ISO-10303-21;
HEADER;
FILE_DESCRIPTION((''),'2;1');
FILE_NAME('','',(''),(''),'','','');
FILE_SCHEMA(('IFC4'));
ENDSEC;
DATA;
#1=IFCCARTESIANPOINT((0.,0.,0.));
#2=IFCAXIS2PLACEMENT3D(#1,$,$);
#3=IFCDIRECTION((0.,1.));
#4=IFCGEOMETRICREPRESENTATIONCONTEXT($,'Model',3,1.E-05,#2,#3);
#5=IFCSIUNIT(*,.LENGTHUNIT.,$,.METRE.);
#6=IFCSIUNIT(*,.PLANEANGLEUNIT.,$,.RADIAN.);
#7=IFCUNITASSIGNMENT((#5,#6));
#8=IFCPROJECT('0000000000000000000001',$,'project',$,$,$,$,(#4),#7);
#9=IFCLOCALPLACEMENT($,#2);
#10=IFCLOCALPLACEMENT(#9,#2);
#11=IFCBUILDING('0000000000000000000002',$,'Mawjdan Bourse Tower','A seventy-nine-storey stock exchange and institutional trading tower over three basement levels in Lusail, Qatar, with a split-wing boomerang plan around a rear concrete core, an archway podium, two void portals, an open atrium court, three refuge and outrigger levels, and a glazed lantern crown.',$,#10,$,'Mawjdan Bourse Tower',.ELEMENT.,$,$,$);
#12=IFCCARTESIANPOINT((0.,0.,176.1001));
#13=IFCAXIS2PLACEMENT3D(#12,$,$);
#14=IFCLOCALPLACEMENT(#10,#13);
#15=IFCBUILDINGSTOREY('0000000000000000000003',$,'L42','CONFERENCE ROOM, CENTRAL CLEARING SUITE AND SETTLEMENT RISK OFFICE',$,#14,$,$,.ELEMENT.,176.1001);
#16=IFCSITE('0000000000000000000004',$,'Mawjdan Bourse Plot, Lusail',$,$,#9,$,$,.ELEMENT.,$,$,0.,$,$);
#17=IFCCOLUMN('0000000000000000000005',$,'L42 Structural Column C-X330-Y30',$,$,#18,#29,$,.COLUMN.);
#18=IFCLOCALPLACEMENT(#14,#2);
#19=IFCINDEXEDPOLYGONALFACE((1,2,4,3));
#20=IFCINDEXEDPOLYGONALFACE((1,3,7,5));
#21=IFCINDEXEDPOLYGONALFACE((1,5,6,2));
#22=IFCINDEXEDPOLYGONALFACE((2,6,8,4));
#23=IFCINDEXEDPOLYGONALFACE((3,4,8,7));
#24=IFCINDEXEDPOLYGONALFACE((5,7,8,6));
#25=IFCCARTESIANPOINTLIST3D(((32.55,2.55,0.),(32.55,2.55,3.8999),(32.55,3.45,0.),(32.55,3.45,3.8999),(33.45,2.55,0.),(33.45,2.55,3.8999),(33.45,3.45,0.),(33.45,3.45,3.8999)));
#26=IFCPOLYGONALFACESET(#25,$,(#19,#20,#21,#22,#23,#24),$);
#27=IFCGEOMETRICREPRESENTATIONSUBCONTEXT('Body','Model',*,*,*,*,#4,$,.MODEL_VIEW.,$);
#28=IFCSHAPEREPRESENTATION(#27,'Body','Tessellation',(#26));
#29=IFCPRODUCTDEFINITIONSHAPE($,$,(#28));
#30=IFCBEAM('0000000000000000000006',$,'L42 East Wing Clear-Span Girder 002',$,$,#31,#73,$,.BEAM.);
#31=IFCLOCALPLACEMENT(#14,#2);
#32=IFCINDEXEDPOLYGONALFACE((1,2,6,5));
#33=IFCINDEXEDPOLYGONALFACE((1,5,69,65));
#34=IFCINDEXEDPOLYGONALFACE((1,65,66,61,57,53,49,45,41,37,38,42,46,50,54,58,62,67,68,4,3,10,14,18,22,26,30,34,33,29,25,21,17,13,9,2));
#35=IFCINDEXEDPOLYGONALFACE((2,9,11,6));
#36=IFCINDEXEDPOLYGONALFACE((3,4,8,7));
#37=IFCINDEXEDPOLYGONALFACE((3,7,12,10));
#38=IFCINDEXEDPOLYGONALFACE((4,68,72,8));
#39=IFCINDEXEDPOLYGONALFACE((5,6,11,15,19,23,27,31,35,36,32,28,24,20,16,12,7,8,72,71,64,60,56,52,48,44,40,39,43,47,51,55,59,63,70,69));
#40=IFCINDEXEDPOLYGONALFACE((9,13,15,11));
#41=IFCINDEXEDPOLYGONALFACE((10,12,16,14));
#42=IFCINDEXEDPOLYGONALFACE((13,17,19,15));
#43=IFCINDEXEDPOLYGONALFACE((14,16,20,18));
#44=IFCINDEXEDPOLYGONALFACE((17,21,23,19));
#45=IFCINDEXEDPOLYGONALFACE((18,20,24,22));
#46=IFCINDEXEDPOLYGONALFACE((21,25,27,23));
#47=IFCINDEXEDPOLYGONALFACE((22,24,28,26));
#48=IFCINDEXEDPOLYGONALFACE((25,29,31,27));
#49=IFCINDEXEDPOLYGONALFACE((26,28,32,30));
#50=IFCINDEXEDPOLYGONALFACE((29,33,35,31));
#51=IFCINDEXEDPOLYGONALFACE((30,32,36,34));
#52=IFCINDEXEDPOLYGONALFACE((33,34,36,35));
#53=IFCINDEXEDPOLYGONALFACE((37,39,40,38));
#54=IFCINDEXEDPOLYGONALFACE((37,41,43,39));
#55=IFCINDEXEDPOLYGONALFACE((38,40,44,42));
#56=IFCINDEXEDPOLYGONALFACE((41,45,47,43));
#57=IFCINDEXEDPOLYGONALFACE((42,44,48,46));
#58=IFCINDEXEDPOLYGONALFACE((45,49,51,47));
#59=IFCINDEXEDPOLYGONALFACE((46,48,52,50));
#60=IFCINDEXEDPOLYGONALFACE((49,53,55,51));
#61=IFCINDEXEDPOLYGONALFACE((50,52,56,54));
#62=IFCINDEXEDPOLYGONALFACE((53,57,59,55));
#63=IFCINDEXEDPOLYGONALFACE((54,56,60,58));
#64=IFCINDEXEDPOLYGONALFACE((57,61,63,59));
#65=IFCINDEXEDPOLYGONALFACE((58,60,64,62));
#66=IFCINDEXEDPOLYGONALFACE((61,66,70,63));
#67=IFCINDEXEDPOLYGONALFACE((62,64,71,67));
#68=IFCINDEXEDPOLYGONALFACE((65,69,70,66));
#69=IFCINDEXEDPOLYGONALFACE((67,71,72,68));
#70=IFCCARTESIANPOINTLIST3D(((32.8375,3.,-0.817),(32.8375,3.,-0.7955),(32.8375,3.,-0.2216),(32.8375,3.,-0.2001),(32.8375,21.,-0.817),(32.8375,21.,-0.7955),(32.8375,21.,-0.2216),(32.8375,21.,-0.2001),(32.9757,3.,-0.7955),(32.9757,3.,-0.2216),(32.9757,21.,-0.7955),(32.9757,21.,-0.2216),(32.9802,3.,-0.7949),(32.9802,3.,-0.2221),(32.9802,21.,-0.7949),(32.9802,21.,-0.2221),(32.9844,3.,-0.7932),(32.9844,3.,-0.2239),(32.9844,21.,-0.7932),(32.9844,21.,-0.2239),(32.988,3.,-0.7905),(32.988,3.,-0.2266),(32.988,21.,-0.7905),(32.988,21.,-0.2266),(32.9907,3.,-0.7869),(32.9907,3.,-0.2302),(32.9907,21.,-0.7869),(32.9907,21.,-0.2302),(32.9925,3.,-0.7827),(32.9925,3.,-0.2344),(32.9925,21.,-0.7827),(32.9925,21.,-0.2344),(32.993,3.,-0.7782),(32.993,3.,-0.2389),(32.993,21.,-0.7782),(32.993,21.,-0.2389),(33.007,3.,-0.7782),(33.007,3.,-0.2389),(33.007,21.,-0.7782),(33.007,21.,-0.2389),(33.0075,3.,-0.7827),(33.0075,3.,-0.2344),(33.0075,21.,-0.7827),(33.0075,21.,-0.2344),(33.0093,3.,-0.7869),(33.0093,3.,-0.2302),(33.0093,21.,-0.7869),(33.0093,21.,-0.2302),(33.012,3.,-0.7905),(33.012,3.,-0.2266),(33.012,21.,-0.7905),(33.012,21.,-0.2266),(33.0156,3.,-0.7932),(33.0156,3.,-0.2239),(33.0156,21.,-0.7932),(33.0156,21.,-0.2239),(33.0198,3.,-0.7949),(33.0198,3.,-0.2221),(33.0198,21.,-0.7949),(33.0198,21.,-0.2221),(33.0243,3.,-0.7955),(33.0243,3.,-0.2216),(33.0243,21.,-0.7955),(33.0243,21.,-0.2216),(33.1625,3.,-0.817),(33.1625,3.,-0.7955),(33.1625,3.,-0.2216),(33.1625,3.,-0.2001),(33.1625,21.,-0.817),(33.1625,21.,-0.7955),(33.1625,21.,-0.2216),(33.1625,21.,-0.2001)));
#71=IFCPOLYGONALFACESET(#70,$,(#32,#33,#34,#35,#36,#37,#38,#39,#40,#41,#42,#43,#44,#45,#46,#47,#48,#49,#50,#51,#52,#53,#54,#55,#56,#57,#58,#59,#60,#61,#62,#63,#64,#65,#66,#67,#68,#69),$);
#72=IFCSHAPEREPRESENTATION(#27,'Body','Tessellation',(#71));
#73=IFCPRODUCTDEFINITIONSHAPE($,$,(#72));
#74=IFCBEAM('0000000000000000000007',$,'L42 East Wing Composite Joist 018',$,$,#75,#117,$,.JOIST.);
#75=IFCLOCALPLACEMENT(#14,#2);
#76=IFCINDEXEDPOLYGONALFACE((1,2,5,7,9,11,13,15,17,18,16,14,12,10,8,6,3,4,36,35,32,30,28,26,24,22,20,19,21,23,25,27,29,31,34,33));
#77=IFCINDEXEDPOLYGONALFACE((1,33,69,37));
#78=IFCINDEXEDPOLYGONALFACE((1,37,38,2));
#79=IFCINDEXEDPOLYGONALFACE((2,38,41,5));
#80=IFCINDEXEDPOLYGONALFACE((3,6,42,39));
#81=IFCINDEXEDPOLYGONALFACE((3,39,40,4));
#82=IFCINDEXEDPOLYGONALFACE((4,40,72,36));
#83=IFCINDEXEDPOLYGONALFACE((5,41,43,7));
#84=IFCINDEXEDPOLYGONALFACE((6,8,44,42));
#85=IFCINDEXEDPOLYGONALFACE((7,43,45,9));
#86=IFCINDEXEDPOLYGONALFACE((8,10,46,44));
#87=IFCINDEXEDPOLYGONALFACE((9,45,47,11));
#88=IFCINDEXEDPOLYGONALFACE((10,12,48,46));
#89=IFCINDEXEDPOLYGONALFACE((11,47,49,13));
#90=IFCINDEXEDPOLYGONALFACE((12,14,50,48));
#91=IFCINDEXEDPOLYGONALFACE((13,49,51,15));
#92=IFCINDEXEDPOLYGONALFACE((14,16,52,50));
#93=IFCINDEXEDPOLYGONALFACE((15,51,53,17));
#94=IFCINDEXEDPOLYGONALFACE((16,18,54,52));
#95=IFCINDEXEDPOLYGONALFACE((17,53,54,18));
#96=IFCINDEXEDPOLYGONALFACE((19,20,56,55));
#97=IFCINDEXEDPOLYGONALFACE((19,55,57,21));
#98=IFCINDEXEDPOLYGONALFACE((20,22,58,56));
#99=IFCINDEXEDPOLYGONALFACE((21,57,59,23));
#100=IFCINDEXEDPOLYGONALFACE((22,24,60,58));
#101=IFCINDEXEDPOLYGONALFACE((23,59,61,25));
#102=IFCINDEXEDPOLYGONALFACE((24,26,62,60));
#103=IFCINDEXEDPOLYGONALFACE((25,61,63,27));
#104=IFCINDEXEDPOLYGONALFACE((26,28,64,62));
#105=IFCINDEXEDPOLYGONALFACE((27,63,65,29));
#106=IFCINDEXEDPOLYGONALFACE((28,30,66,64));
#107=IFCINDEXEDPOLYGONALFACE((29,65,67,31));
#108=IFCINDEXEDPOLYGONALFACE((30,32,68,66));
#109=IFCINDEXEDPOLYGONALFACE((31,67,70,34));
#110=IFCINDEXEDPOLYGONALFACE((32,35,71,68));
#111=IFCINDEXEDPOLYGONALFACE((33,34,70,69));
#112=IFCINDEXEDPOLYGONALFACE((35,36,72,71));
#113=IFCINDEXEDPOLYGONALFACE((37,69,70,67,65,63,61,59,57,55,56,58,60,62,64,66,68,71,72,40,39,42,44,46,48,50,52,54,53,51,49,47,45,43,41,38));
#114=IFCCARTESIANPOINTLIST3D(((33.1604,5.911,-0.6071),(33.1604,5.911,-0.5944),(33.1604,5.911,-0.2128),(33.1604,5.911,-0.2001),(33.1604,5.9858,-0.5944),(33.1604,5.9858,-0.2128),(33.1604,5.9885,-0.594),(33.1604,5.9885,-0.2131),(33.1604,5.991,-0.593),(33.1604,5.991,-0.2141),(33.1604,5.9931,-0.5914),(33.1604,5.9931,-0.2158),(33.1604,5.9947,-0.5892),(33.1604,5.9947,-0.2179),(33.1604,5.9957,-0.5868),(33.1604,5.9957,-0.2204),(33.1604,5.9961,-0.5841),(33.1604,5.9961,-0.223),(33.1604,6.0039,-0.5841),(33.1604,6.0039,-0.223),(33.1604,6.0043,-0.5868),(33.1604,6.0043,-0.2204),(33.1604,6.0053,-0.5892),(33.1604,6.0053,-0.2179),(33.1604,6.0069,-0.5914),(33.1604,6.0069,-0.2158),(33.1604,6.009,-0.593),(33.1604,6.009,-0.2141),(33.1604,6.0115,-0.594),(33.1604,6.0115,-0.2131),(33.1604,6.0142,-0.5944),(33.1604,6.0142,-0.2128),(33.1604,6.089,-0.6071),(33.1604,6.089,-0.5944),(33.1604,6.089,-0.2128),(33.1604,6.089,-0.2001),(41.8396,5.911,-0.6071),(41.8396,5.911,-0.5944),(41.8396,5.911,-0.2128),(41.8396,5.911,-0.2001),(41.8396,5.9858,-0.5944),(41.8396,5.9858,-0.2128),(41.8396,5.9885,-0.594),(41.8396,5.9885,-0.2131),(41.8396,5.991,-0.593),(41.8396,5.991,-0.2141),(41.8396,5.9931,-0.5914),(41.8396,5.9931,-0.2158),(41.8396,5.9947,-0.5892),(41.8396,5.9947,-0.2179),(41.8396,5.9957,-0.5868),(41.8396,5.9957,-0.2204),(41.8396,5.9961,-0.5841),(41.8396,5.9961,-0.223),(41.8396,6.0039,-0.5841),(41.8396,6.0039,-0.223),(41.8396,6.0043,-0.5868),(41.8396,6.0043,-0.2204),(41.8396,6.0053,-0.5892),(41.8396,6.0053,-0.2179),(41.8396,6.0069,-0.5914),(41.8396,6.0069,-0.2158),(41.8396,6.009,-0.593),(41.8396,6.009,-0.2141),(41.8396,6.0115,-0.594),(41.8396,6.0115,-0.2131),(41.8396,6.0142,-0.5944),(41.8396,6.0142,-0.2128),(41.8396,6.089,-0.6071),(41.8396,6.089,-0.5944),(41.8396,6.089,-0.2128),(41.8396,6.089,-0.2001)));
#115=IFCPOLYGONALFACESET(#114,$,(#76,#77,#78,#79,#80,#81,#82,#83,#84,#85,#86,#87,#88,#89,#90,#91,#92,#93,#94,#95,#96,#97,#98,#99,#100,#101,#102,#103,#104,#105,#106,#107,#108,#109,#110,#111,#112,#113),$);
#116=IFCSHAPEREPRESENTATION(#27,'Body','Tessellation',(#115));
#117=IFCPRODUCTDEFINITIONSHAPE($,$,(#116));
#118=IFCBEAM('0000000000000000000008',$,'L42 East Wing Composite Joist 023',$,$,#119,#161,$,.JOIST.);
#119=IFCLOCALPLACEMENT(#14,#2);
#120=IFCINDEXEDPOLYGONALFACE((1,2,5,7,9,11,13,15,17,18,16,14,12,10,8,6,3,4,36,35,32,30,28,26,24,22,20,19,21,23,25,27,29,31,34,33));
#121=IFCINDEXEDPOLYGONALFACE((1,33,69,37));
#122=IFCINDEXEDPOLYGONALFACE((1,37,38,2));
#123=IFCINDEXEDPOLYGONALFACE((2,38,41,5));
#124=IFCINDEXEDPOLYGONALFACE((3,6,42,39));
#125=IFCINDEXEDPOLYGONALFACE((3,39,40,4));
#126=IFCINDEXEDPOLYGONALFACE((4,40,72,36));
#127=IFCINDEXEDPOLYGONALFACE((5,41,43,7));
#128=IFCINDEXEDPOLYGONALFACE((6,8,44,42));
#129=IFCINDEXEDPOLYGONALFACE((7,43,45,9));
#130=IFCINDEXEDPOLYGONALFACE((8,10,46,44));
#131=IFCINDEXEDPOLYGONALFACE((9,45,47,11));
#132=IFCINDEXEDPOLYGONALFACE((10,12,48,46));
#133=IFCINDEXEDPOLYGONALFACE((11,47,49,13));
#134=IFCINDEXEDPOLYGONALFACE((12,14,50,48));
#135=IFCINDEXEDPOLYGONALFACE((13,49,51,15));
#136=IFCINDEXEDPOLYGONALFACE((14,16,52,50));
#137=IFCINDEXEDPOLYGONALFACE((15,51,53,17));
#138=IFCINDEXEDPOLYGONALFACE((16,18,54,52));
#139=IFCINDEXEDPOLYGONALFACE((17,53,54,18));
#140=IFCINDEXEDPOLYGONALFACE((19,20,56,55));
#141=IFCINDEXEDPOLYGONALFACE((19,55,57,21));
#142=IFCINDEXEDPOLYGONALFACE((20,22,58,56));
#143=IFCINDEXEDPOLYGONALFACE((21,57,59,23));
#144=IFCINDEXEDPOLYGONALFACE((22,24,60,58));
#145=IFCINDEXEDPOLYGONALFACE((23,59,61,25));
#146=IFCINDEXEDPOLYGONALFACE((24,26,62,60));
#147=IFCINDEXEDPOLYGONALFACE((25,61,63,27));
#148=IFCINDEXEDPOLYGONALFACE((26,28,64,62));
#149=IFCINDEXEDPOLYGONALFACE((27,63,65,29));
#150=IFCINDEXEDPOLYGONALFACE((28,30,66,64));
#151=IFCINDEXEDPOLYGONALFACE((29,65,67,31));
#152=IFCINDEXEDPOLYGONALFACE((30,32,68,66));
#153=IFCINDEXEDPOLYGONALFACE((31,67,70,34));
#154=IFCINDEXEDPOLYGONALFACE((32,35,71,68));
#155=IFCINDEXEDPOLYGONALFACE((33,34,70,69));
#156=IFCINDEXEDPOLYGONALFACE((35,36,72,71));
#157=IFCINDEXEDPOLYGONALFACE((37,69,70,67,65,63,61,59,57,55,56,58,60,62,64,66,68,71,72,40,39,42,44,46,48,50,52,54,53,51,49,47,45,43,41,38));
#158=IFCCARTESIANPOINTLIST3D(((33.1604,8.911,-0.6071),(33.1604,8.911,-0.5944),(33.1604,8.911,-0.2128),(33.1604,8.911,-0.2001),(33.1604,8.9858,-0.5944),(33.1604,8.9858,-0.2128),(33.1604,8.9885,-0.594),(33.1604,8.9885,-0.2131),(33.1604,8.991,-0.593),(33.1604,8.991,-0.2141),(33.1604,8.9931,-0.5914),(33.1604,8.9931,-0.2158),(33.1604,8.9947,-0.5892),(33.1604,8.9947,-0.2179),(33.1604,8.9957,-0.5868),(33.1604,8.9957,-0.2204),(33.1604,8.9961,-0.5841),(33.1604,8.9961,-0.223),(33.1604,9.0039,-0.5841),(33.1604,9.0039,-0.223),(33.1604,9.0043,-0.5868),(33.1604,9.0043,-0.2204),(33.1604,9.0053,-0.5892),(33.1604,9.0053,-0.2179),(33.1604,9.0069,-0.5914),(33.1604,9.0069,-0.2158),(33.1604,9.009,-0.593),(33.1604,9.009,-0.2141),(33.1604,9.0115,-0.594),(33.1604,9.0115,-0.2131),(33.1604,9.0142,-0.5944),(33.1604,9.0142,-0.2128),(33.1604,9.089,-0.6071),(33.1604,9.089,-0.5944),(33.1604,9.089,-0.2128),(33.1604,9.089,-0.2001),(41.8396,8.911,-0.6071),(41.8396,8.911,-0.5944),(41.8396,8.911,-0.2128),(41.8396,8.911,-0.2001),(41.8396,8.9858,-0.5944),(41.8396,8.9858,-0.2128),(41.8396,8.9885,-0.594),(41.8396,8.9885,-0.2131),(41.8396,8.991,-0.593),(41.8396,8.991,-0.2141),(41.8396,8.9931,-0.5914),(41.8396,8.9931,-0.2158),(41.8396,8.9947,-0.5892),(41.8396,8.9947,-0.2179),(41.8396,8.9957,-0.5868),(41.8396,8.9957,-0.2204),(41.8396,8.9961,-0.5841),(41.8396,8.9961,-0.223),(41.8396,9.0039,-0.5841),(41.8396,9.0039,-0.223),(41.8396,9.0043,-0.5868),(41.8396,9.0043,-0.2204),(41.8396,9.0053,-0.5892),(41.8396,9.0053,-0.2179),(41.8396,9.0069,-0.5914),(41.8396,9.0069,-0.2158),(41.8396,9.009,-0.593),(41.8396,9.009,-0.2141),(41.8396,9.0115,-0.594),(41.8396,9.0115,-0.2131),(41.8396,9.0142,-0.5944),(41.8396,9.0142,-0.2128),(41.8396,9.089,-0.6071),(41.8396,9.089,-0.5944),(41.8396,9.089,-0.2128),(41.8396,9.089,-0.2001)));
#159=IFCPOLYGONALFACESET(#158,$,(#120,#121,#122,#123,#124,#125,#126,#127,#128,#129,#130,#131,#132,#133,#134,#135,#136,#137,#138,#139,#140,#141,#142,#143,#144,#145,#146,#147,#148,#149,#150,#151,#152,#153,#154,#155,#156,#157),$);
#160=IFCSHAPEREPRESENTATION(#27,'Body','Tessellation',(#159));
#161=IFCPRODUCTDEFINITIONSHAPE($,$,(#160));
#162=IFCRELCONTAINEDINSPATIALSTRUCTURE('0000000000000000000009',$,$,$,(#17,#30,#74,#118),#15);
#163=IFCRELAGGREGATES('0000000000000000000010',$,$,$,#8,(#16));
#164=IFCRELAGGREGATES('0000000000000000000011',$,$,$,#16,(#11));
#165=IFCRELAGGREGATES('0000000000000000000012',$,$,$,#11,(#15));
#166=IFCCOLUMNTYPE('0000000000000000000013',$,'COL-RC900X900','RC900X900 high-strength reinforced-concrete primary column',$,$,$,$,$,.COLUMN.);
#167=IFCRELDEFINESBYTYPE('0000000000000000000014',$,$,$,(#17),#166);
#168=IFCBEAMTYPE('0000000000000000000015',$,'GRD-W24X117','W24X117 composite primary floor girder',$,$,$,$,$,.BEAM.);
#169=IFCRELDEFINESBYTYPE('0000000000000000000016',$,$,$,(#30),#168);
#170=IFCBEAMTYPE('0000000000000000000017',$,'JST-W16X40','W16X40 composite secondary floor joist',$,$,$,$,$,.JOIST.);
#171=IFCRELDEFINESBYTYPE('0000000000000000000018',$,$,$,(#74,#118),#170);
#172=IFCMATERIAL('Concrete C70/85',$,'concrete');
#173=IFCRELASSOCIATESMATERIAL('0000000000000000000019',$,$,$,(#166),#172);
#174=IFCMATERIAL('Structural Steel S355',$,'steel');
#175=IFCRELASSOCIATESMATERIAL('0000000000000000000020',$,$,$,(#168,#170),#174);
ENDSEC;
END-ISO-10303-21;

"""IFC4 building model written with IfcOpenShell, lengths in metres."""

from ifc_helpers import new_model, si_unit, direction, frame, origin, origin_2d, place, context, subcontext, project, spatial, rectangle, i_section, extrude, material, material_profile, profile_set, type_object, element, save


model = new_model("IFC4")

# Units and contexts
model_context = context("Model", 3, precision=1e-05, world=origin(), true_north=direction((0.0, 1.0)))
body_context = subcontext(model_context, "Body", "Model", "MODEL_VIEW")
ifc_project = project(units=[si_unit("LENGTHUNIT", "METRE"), si_unit("PLANEANGLEUNIT", "RADIAN")], contexts=[model_context])

# Site, building, storey
site_placement = place(None, origin())
site = spatial("IfcSite", under=ifc_project, at=site_placement, Name="Mawjdan Bourse Plot, Lusail", CompositionType="ELEMENT", RefElevation=0.0)
building_placement = place(site_placement, origin())
building = spatial("IfcBuilding", under=site, at=building_placement, Name="Mawjdan Bourse Tower", Description="A seventy-nine-storey stock exchange and institutional trading tower over three basement levels in Lusail, Qatar, with a split-wing boomerang plan around a rear concrete core, an archway podium, two void portals, an open atrium court, three refuge and outrigger levels, and a glazed lantern crown.", LongName="Mawjdan Bourse Tower", CompositionType="ELEMENT")
storey_placement = place(building_placement, frame((0.0, 0.0, 176.1001)))
storey = spatial("IfcBuildingStorey", under=building, at=storey_placement, Name="L42", Description="CONFERENCE ROOM, CENTRAL CLEARING SUITE AND SETTLEMENT RISK OFFICE", CompositionType="ELEMENT", Elevation=176.1001)

# Column
ifc_material_1 = material(Name="Concrete C70/85", Category="concrete")
ifc_material_profile_1 = material_profile(ifc_material_1, rectangle(XDim=0.8999, YDim=0.8999, at=origin_2d()), Name="RC900X900")
ifc_profile_set_1 = profile_set([ifc_material_profile_1], Name="Concrete C70/85")
column_type = type_object("IfcColumnType", Name="COL-RC900X900", Description="RC900X900 high-strength reinforced-concrete primary column", PredefinedType="COLUMN", material=ifc_profile_set_1)
column_placement = place(storey_placement, frame((33.0, 3.0, 0.0), z_axis=(0.0, 0.0, 1.0), x_axis=(1.0, 0.0, 0.0)))
element("IfcColumn", 1, at=column_placement, inside=storey, type_object=column_type, Name="L42 Structural Column C-X330-Y30", PredefinedType="COLUMN", context=body_context, shape_type="SweptSolid", body=[
    extrude(rectangle(XDim=0.8999, YDim=0.8999, at=origin_2d()), origin(), (0.0, 0.0, 1.0), 3.8999),
])

# Beams
ifc_material_2 = material(Name="Structural Steel S355", Category="steel")
ifc_material_profile_2 = material_profile(ifc_material_2, i_section(OverallWidth=0.325, OverallDepth=0.6169, WebThickness=0.0139, FlangeThickness=0.0215, FilletRadius=0.0173, at=origin_2d()), Name="W24X117")
ifc_profile_set_2 = profile_set([ifc_material_profile_2], Name="Structural Steel S355")
beam_type_1 = type_object("IfcBeamType", Name="GRD-W24X117", Description="W24X117 composite primary floor girder", PredefinedType="BEAM", material=ifc_profile_set_2)
beam_placement = place(storey_placement, frame((33.0, 3.0, -0.5085), z_axis=(0.0, 1.0, 0.0), x_axis=(-1.0, 0.0, 0.0)))
element("IfcBeam", 2, at=beam_placement, inside=storey, type_object=beam_type_1, Name="L42 East Wing Clear-Span Girder 002", PredefinedType="BEAM", context=body_context, shape_type="SweptSolid", body=[
    extrude(i_section(OverallWidth=0.325, OverallDepth=0.6169, WebThickness=0.0139, FlangeThickness=0.0215, FilletRadius=0.0173, at=origin_2d()), origin(), (0.0, 0.0, 1.0), 18.0),
])
ifc_material_profile_3 = material_profile(ifc_material_2, i_section(OverallWidth=0.178, OverallDepth=0.407, WebThickness=0.0078, FlangeThickness=0.0127, FilletRadius=0.0103, at=origin_2d()), Name="W16X40")
ifc_profile_set_3 = profile_set([ifc_material_profile_3], Name="Structural Steel S355")
beam_type_2 = type_object("IfcBeamType", Name="JST-W16X40", Description="W16X40 composite secondary floor joist", PredefinedType="JOIST", material=ifc_profile_set_3)
for number, where, z_axis, x_axis, name in (
    (3, (33.1604, 6.0, -0.4036), (1.0, 0.0, 0.0), (0.0, 1.0, 0.0), "L42 East Wing Composite Joist 018"),
    (4, (33.1604, 9.0, -0.4036), (1.0, 0.0, 0.0), (0.0, 1.0, 0.0), "L42 East Wing Composite Joist 023"),
):
    element("IfcBeam", number, at=place(storey_placement, frame(where, z_axis=z_axis, x_axis=x_axis)), inside=storey, type_object=beam_type_2, Name=name, PredefinedType="JOIST", context=body_context, shape_type="SweptSolid", body=[
        extrude(i_section(OverallWidth=0.178, OverallDepth=0.407, WebThickness=0.0078, FlangeThickness=0.0127, FilletRadius=0.0103, at=origin_2d()), origin(), (0.0, 0.0, 1.0), 8.6792),
    ])

save(model, "model.ifc")
